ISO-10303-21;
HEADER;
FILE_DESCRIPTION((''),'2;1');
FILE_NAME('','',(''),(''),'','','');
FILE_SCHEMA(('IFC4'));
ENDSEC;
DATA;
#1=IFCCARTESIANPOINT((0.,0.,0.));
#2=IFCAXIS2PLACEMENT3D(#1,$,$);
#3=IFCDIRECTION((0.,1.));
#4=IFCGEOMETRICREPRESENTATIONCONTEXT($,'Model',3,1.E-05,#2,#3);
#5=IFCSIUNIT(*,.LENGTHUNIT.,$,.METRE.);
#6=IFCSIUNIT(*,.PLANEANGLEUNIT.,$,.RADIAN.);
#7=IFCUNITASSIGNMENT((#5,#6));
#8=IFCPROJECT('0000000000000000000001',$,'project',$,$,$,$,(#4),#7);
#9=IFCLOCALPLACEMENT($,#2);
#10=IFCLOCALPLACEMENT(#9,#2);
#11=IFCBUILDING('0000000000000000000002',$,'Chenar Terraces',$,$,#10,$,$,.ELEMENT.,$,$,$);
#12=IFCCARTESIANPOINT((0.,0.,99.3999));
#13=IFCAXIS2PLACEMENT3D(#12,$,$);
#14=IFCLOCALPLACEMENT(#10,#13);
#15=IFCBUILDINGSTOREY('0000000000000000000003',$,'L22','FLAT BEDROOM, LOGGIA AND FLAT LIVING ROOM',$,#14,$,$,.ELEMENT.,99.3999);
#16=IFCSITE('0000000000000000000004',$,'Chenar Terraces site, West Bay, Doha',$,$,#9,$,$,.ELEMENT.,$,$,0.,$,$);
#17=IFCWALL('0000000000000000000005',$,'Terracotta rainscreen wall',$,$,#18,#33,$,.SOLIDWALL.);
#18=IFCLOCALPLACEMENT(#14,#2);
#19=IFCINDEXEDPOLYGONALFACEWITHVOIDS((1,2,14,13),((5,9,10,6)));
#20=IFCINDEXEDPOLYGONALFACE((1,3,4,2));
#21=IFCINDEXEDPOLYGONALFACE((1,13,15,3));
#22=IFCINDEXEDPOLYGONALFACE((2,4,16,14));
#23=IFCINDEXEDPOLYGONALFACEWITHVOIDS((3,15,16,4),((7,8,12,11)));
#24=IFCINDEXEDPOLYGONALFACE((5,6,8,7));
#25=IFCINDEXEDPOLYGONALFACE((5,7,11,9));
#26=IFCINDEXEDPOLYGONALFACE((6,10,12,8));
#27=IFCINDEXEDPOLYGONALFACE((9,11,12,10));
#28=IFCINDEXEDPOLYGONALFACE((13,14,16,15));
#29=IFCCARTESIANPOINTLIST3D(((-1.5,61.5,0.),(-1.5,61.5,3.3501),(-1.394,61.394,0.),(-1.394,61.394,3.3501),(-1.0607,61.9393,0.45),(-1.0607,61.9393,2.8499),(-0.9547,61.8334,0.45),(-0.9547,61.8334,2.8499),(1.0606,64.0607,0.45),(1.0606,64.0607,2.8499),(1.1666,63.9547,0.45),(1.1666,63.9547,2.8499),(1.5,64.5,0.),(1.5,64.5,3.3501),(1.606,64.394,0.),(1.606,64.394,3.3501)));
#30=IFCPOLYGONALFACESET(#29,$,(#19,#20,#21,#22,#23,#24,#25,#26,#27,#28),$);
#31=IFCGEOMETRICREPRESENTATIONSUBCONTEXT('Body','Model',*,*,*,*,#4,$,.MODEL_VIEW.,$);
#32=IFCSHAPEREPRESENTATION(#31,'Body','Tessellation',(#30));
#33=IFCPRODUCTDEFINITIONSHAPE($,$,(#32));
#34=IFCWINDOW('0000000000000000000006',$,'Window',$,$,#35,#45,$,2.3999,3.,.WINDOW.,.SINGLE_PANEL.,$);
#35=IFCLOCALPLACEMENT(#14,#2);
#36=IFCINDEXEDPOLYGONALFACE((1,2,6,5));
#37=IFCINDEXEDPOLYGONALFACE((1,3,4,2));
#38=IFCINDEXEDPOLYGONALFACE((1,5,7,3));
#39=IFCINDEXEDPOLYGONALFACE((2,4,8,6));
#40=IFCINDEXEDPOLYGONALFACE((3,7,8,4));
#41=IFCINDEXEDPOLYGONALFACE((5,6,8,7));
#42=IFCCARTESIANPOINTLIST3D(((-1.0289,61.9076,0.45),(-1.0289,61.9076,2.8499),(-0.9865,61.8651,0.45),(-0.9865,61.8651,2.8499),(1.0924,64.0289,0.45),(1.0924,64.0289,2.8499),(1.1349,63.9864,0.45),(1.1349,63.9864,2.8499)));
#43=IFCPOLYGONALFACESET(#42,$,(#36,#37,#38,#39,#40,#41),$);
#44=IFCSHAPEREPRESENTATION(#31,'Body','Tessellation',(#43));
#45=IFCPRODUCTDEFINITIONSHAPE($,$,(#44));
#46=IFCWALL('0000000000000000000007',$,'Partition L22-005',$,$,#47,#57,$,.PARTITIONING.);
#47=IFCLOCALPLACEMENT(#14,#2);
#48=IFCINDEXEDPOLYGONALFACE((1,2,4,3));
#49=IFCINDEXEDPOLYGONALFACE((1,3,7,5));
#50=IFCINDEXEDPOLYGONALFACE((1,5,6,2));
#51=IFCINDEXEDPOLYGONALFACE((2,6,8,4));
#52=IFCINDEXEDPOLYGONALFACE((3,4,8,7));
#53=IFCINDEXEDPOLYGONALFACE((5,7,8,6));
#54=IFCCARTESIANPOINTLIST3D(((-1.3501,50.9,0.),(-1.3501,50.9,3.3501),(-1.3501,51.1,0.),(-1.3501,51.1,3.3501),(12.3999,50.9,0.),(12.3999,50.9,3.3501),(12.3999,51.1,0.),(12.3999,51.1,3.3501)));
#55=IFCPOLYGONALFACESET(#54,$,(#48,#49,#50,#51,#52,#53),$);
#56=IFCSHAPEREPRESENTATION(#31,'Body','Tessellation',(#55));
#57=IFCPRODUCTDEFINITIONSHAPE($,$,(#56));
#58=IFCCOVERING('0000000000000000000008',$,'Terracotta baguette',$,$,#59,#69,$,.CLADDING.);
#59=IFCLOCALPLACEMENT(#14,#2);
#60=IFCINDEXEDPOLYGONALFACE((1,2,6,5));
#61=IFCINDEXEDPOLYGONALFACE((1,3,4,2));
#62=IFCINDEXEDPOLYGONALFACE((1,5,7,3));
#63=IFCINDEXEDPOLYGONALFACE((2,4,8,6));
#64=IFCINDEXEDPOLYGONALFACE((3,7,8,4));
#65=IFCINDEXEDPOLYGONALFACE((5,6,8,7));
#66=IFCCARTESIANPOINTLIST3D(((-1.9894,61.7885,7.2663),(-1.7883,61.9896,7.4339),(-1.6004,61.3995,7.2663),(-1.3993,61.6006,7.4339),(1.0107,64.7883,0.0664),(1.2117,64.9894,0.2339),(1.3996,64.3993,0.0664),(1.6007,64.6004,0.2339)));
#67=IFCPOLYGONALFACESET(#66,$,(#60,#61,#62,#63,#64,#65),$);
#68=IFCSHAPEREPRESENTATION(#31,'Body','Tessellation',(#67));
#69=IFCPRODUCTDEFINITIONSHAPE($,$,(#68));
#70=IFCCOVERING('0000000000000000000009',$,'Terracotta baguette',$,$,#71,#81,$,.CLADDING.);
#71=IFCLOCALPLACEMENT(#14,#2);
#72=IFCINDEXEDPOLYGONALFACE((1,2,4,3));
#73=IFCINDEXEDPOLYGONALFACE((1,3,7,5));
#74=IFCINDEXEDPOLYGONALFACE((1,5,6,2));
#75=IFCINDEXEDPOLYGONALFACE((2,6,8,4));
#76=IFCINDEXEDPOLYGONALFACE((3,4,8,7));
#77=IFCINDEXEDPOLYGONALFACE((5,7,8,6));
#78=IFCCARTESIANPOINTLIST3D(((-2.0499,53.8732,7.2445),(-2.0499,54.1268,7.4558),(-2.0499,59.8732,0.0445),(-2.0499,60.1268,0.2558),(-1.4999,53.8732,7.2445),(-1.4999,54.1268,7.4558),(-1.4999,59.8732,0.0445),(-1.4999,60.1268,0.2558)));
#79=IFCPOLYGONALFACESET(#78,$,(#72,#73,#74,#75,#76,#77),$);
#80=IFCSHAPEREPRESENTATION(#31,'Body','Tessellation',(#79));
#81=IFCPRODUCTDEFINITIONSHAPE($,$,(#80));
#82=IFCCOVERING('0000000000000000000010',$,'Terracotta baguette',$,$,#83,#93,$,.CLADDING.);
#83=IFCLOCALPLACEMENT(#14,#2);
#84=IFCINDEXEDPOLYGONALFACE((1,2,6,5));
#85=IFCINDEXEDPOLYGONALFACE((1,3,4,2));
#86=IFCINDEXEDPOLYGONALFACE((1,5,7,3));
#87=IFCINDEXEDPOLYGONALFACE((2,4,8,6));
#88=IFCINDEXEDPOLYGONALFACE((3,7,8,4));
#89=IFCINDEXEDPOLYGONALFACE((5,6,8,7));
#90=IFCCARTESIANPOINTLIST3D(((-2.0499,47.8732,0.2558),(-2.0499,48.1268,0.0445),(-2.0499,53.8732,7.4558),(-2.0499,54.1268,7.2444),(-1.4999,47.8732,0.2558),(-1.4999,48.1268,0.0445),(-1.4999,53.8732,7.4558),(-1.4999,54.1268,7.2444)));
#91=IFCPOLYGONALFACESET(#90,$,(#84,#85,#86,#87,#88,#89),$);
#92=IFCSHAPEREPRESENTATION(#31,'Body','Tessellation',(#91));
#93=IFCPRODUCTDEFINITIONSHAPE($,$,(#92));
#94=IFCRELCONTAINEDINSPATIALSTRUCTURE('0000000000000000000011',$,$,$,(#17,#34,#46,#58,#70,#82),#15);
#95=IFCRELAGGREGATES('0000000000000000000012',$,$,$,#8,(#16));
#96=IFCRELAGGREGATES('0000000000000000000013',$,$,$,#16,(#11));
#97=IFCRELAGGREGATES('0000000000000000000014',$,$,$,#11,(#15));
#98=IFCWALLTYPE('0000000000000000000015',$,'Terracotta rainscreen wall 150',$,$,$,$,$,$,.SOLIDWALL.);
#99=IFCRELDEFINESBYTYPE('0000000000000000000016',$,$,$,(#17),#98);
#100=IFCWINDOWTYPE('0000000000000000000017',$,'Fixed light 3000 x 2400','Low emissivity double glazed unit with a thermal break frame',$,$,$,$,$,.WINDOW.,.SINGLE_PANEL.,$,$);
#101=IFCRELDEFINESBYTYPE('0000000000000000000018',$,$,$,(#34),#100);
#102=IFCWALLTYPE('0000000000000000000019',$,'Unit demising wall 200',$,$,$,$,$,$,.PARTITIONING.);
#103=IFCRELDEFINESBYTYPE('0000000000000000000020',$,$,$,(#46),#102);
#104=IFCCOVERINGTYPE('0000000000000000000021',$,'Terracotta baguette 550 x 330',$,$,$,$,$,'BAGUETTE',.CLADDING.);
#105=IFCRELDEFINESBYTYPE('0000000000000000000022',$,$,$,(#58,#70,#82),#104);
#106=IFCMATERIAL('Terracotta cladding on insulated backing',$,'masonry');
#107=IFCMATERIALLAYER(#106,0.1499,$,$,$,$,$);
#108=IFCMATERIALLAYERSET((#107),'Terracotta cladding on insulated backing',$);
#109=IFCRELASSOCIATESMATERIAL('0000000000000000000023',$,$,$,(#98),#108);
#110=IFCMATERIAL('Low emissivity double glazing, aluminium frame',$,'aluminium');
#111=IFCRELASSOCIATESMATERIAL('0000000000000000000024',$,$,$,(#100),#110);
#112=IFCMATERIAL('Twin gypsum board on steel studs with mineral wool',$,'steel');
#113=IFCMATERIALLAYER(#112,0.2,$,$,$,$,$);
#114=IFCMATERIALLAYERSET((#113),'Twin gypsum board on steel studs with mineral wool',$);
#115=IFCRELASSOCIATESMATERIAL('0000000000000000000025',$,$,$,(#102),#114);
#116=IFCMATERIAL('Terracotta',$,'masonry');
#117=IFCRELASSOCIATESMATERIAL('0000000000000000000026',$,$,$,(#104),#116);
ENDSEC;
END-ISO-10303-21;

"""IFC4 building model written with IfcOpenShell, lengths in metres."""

from ifc_helpers import new_model, si_unit, direction, frame, frame_2d, origin, origin_2d, place, context, subcontext, project, spatial, rectangle, extrude, material, layer, layer_set, material_profile, profile_set, type_object, element, fill, save


model = new_model("IFC4")

# Units and contexts
model_context = context("Model", 3, precision=1e-05, world=origin(), true_north=direction((0.0, 1.0)))
body_context = subcontext(model_context, "Body", "Model", "MODEL_VIEW")
ifc_project = project(units=[si_unit("LENGTHUNIT", "METRE"), si_unit("PLANEANGLEUNIT", "RADIAN")], contexts=[model_context])

# Site, building, storey
site_placement = place(None, origin())
site = spatial("IfcSite", under=ifc_project, at=site_placement, Name="Chenar Terraces site, West Bay, Doha", CompositionType="ELEMENT", RefElevation=0.0)
building_placement = place(site_placement, origin())
building = spatial("IfcBuilding", under=site, at=building_placement, Name="Chenar Terraces", CompositionType="ELEMENT")
storey_placement = place(building_placement, frame((0.0, 0.0, 99.3999)))
storey = spatial("IfcBuildingStorey", under=building, at=storey_placement, Name="L22", Description="FLAT BEDROOM, LOGGIA AND FLAT LIVING ROOM", CompositionType="ELEMENT", Elevation=99.3999)

# Wall, opening, window
ifc_material_1 = material(Name="Terracotta cladding on insulated backing", Category="masonry")
ifc_layer_1 = layer(ifc_material_1, 0.1499)
ifc_layer_set_1 = layer_set([ifc_layer_1], Name="Terracotta cladding on insulated backing")
wall_type_1 = type_object("IfcWallType", Name="Terracotta rainscreen wall 150", PredefinedType="SOLIDWALL", material=ifc_layer_set_1)
wall_1_placement = place(storey_placement, frame((1.553, 64.447, 0.0), z_axis=(0.0, 0.0, 1.0), x_axis=(-0.707107, -0.707107, 0.0)))
wall_1 = element("IfcWall", 1, at=wall_1_placement, inside=storey, type_object=wall_type_1, Name="Terracotta rainscreen wall", PredefinedType="SOLIDWALL", context=body_context, shape_type="SweptSolid", body=[
    extrude(rectangle(XDim=4.2427, YDim=0.1499, at=frame_2d((2.1213, 0.0))), origin(), (0.0, 0.0, 1.0), 3.3501),
])
opening_1_placement = place(wall_1_placement, frame((0.6213, 0.0, 0.45)))
opening_1 = element("IfcOpeningElement", 2, at=opening_1_placement, cuts=wall_1, PredefinedType="OPENING", context=body_context, shape_type="SweptSolid", body=[
    extrude(rectangle(XDim=3.0, YDim=2.3999, at=frame_2d((1.5, 1.2))), frame((0.0, 0.085, 0.0), z_axis=(0.0, -1.0, 0.0), x_axis=(1.0, 0.0, 0.0)), (0.0, 0.0, 1.0), 0.1699),
])
ifc_material_2 = material(Name="Low emissivity double glazing, aluminium frame", Category="aluminium")
window_type_1 = type_object("IfcWindowType", Name="Fixed light 3000 x 2400", Description="Low emissivity double glazed unit with a thermal break frame", PartitioningType="SINGLE_PANEL", PredefinedType="WINDOW", material=ifc_material_2)
window_1_placement = place(opening_1_placement, origin())
window_1 = element("IfcWindow", 3, at=window_1_placement, inside=storey, type_object=window_type_1, Name="Window", OverallHeight=2.3999, OverallWidth=3.0, PartitioningType="SINGLE_PANEL", PredefinedType="WINDOW", context=body_context, shape_type="SweptSolid", body=[
    extrude(rectangle(XDim=3.0, YDim=2.3999, at=frame_2d((1.5, 1.2))), frame((0.0, 0.03, 0.0), z_axis=(0.0, -1.0, 0.0), x_axis=(1.0, 0.0, 0.0)), (0.0, 0.0, 1.0), 0.0601),
])
fill(opening_1, window_1)

# Wall
ifc_material_3 = material(Name="Twin gypsum board on steel studs with mineral wool", Category="steel")
ifc_layer_2 = layer(ifc_material_3, 0.2)
ifc_layer_set_2 = layer_set([ifc_layer_2], Name="Twin gypsum board on steel studs with mineral wool")
wall_type_2 = type_object("IfcWallType", Name="Unit demising wall 200", PredefinedType="PARTITIONING", material=ifc_layer_set_2)
wall_2_placement = place(storey_placement, frame((-1.3501, 51.0, 0.0), z_axis=(0.0, 0.0, 1.0), x_axis=(1.0, 0.0, 0.0)))
element("IfcWall", 4, at=wall_2_placement, inside=storey, type_object=wall_type_2, Name="Partition L22-005", PredefinedType="PARTITIONING", context=body_context, shape_type="SweptSolid", body=[
    extrude(rectangle(XDim=13.75, YDim=0.2, at=frame_2d((6.875, 0.0))), origin(), (0.0, 0.0, 1.0), 3.3501),
])

# Coverings
ifc_material_4 = material(Name="Terracotta", Category="masonry")
ifc_material_profile_1 = material_profile(ifc_material_4, rectangle(XDim=0.55, YDim=0.3301, at=origin_2d()), Name="Terracotta baguette 550 x 330")
ifc_profile_set_1 = profile_set([ifc_material_profile_1], Name="Terracotta")
covering_type = type_object("IfcCoveringType", Name="Terracotta baguette 550 x 330", ElementType="BAGUETTE", PredefinedType="CLADDING", material=ifc_profile_set_1)
covering_placement = place(storey_placement, frame((1.3057, 64.6943, 0.1501), z_axis=(-0.358985, -0.358955, 0.861557), x_axis=(0.707078, -0.707136, 0.0)))
element("IfcCovering", 5, at=covering_placement, inside=storey, type_object=covering_type, Name="Terracotta baguette", PredefinedType="CLADDING", context=body_context, shape_type="SweptSolid", body=[
    extrude(rectangle(XDim=0.55, YDim=0.3301, at=origin_2d()), origin(), (0.0, 0.0, 1.0), 8.3569),
])
for number, where, z_axis, x_axis, name in (
    (6, (-1.7749, 60.0, 0.1501), (0.0, -0.640187, 0.768219), (1.0, 0.0, 0.0), "Terracotta baguette"),
    (7, (-1.7749, 54.0, 7.3501), (0.0, -0.640187, -0.768219), (1.0, 0.0, 0.0), "Terracotta baguette"),
):
    element("IfcCovering", number, at=place(storey_placement, frame(where, z_axis=z_axis, x_axis=x_axis)), inside=storey, type_object=covering_type, Name=name, PredefinedType="CLADDING", context=body_context, shape_type="SweptSolid", body=[
        extrude(rectangle(XDim=0.55, YDim=0.3301, at=origin_2d()), origin(), (0.0, 0.0, 1.0), 9.3723),
    ])

save(model, "model.ifc")
